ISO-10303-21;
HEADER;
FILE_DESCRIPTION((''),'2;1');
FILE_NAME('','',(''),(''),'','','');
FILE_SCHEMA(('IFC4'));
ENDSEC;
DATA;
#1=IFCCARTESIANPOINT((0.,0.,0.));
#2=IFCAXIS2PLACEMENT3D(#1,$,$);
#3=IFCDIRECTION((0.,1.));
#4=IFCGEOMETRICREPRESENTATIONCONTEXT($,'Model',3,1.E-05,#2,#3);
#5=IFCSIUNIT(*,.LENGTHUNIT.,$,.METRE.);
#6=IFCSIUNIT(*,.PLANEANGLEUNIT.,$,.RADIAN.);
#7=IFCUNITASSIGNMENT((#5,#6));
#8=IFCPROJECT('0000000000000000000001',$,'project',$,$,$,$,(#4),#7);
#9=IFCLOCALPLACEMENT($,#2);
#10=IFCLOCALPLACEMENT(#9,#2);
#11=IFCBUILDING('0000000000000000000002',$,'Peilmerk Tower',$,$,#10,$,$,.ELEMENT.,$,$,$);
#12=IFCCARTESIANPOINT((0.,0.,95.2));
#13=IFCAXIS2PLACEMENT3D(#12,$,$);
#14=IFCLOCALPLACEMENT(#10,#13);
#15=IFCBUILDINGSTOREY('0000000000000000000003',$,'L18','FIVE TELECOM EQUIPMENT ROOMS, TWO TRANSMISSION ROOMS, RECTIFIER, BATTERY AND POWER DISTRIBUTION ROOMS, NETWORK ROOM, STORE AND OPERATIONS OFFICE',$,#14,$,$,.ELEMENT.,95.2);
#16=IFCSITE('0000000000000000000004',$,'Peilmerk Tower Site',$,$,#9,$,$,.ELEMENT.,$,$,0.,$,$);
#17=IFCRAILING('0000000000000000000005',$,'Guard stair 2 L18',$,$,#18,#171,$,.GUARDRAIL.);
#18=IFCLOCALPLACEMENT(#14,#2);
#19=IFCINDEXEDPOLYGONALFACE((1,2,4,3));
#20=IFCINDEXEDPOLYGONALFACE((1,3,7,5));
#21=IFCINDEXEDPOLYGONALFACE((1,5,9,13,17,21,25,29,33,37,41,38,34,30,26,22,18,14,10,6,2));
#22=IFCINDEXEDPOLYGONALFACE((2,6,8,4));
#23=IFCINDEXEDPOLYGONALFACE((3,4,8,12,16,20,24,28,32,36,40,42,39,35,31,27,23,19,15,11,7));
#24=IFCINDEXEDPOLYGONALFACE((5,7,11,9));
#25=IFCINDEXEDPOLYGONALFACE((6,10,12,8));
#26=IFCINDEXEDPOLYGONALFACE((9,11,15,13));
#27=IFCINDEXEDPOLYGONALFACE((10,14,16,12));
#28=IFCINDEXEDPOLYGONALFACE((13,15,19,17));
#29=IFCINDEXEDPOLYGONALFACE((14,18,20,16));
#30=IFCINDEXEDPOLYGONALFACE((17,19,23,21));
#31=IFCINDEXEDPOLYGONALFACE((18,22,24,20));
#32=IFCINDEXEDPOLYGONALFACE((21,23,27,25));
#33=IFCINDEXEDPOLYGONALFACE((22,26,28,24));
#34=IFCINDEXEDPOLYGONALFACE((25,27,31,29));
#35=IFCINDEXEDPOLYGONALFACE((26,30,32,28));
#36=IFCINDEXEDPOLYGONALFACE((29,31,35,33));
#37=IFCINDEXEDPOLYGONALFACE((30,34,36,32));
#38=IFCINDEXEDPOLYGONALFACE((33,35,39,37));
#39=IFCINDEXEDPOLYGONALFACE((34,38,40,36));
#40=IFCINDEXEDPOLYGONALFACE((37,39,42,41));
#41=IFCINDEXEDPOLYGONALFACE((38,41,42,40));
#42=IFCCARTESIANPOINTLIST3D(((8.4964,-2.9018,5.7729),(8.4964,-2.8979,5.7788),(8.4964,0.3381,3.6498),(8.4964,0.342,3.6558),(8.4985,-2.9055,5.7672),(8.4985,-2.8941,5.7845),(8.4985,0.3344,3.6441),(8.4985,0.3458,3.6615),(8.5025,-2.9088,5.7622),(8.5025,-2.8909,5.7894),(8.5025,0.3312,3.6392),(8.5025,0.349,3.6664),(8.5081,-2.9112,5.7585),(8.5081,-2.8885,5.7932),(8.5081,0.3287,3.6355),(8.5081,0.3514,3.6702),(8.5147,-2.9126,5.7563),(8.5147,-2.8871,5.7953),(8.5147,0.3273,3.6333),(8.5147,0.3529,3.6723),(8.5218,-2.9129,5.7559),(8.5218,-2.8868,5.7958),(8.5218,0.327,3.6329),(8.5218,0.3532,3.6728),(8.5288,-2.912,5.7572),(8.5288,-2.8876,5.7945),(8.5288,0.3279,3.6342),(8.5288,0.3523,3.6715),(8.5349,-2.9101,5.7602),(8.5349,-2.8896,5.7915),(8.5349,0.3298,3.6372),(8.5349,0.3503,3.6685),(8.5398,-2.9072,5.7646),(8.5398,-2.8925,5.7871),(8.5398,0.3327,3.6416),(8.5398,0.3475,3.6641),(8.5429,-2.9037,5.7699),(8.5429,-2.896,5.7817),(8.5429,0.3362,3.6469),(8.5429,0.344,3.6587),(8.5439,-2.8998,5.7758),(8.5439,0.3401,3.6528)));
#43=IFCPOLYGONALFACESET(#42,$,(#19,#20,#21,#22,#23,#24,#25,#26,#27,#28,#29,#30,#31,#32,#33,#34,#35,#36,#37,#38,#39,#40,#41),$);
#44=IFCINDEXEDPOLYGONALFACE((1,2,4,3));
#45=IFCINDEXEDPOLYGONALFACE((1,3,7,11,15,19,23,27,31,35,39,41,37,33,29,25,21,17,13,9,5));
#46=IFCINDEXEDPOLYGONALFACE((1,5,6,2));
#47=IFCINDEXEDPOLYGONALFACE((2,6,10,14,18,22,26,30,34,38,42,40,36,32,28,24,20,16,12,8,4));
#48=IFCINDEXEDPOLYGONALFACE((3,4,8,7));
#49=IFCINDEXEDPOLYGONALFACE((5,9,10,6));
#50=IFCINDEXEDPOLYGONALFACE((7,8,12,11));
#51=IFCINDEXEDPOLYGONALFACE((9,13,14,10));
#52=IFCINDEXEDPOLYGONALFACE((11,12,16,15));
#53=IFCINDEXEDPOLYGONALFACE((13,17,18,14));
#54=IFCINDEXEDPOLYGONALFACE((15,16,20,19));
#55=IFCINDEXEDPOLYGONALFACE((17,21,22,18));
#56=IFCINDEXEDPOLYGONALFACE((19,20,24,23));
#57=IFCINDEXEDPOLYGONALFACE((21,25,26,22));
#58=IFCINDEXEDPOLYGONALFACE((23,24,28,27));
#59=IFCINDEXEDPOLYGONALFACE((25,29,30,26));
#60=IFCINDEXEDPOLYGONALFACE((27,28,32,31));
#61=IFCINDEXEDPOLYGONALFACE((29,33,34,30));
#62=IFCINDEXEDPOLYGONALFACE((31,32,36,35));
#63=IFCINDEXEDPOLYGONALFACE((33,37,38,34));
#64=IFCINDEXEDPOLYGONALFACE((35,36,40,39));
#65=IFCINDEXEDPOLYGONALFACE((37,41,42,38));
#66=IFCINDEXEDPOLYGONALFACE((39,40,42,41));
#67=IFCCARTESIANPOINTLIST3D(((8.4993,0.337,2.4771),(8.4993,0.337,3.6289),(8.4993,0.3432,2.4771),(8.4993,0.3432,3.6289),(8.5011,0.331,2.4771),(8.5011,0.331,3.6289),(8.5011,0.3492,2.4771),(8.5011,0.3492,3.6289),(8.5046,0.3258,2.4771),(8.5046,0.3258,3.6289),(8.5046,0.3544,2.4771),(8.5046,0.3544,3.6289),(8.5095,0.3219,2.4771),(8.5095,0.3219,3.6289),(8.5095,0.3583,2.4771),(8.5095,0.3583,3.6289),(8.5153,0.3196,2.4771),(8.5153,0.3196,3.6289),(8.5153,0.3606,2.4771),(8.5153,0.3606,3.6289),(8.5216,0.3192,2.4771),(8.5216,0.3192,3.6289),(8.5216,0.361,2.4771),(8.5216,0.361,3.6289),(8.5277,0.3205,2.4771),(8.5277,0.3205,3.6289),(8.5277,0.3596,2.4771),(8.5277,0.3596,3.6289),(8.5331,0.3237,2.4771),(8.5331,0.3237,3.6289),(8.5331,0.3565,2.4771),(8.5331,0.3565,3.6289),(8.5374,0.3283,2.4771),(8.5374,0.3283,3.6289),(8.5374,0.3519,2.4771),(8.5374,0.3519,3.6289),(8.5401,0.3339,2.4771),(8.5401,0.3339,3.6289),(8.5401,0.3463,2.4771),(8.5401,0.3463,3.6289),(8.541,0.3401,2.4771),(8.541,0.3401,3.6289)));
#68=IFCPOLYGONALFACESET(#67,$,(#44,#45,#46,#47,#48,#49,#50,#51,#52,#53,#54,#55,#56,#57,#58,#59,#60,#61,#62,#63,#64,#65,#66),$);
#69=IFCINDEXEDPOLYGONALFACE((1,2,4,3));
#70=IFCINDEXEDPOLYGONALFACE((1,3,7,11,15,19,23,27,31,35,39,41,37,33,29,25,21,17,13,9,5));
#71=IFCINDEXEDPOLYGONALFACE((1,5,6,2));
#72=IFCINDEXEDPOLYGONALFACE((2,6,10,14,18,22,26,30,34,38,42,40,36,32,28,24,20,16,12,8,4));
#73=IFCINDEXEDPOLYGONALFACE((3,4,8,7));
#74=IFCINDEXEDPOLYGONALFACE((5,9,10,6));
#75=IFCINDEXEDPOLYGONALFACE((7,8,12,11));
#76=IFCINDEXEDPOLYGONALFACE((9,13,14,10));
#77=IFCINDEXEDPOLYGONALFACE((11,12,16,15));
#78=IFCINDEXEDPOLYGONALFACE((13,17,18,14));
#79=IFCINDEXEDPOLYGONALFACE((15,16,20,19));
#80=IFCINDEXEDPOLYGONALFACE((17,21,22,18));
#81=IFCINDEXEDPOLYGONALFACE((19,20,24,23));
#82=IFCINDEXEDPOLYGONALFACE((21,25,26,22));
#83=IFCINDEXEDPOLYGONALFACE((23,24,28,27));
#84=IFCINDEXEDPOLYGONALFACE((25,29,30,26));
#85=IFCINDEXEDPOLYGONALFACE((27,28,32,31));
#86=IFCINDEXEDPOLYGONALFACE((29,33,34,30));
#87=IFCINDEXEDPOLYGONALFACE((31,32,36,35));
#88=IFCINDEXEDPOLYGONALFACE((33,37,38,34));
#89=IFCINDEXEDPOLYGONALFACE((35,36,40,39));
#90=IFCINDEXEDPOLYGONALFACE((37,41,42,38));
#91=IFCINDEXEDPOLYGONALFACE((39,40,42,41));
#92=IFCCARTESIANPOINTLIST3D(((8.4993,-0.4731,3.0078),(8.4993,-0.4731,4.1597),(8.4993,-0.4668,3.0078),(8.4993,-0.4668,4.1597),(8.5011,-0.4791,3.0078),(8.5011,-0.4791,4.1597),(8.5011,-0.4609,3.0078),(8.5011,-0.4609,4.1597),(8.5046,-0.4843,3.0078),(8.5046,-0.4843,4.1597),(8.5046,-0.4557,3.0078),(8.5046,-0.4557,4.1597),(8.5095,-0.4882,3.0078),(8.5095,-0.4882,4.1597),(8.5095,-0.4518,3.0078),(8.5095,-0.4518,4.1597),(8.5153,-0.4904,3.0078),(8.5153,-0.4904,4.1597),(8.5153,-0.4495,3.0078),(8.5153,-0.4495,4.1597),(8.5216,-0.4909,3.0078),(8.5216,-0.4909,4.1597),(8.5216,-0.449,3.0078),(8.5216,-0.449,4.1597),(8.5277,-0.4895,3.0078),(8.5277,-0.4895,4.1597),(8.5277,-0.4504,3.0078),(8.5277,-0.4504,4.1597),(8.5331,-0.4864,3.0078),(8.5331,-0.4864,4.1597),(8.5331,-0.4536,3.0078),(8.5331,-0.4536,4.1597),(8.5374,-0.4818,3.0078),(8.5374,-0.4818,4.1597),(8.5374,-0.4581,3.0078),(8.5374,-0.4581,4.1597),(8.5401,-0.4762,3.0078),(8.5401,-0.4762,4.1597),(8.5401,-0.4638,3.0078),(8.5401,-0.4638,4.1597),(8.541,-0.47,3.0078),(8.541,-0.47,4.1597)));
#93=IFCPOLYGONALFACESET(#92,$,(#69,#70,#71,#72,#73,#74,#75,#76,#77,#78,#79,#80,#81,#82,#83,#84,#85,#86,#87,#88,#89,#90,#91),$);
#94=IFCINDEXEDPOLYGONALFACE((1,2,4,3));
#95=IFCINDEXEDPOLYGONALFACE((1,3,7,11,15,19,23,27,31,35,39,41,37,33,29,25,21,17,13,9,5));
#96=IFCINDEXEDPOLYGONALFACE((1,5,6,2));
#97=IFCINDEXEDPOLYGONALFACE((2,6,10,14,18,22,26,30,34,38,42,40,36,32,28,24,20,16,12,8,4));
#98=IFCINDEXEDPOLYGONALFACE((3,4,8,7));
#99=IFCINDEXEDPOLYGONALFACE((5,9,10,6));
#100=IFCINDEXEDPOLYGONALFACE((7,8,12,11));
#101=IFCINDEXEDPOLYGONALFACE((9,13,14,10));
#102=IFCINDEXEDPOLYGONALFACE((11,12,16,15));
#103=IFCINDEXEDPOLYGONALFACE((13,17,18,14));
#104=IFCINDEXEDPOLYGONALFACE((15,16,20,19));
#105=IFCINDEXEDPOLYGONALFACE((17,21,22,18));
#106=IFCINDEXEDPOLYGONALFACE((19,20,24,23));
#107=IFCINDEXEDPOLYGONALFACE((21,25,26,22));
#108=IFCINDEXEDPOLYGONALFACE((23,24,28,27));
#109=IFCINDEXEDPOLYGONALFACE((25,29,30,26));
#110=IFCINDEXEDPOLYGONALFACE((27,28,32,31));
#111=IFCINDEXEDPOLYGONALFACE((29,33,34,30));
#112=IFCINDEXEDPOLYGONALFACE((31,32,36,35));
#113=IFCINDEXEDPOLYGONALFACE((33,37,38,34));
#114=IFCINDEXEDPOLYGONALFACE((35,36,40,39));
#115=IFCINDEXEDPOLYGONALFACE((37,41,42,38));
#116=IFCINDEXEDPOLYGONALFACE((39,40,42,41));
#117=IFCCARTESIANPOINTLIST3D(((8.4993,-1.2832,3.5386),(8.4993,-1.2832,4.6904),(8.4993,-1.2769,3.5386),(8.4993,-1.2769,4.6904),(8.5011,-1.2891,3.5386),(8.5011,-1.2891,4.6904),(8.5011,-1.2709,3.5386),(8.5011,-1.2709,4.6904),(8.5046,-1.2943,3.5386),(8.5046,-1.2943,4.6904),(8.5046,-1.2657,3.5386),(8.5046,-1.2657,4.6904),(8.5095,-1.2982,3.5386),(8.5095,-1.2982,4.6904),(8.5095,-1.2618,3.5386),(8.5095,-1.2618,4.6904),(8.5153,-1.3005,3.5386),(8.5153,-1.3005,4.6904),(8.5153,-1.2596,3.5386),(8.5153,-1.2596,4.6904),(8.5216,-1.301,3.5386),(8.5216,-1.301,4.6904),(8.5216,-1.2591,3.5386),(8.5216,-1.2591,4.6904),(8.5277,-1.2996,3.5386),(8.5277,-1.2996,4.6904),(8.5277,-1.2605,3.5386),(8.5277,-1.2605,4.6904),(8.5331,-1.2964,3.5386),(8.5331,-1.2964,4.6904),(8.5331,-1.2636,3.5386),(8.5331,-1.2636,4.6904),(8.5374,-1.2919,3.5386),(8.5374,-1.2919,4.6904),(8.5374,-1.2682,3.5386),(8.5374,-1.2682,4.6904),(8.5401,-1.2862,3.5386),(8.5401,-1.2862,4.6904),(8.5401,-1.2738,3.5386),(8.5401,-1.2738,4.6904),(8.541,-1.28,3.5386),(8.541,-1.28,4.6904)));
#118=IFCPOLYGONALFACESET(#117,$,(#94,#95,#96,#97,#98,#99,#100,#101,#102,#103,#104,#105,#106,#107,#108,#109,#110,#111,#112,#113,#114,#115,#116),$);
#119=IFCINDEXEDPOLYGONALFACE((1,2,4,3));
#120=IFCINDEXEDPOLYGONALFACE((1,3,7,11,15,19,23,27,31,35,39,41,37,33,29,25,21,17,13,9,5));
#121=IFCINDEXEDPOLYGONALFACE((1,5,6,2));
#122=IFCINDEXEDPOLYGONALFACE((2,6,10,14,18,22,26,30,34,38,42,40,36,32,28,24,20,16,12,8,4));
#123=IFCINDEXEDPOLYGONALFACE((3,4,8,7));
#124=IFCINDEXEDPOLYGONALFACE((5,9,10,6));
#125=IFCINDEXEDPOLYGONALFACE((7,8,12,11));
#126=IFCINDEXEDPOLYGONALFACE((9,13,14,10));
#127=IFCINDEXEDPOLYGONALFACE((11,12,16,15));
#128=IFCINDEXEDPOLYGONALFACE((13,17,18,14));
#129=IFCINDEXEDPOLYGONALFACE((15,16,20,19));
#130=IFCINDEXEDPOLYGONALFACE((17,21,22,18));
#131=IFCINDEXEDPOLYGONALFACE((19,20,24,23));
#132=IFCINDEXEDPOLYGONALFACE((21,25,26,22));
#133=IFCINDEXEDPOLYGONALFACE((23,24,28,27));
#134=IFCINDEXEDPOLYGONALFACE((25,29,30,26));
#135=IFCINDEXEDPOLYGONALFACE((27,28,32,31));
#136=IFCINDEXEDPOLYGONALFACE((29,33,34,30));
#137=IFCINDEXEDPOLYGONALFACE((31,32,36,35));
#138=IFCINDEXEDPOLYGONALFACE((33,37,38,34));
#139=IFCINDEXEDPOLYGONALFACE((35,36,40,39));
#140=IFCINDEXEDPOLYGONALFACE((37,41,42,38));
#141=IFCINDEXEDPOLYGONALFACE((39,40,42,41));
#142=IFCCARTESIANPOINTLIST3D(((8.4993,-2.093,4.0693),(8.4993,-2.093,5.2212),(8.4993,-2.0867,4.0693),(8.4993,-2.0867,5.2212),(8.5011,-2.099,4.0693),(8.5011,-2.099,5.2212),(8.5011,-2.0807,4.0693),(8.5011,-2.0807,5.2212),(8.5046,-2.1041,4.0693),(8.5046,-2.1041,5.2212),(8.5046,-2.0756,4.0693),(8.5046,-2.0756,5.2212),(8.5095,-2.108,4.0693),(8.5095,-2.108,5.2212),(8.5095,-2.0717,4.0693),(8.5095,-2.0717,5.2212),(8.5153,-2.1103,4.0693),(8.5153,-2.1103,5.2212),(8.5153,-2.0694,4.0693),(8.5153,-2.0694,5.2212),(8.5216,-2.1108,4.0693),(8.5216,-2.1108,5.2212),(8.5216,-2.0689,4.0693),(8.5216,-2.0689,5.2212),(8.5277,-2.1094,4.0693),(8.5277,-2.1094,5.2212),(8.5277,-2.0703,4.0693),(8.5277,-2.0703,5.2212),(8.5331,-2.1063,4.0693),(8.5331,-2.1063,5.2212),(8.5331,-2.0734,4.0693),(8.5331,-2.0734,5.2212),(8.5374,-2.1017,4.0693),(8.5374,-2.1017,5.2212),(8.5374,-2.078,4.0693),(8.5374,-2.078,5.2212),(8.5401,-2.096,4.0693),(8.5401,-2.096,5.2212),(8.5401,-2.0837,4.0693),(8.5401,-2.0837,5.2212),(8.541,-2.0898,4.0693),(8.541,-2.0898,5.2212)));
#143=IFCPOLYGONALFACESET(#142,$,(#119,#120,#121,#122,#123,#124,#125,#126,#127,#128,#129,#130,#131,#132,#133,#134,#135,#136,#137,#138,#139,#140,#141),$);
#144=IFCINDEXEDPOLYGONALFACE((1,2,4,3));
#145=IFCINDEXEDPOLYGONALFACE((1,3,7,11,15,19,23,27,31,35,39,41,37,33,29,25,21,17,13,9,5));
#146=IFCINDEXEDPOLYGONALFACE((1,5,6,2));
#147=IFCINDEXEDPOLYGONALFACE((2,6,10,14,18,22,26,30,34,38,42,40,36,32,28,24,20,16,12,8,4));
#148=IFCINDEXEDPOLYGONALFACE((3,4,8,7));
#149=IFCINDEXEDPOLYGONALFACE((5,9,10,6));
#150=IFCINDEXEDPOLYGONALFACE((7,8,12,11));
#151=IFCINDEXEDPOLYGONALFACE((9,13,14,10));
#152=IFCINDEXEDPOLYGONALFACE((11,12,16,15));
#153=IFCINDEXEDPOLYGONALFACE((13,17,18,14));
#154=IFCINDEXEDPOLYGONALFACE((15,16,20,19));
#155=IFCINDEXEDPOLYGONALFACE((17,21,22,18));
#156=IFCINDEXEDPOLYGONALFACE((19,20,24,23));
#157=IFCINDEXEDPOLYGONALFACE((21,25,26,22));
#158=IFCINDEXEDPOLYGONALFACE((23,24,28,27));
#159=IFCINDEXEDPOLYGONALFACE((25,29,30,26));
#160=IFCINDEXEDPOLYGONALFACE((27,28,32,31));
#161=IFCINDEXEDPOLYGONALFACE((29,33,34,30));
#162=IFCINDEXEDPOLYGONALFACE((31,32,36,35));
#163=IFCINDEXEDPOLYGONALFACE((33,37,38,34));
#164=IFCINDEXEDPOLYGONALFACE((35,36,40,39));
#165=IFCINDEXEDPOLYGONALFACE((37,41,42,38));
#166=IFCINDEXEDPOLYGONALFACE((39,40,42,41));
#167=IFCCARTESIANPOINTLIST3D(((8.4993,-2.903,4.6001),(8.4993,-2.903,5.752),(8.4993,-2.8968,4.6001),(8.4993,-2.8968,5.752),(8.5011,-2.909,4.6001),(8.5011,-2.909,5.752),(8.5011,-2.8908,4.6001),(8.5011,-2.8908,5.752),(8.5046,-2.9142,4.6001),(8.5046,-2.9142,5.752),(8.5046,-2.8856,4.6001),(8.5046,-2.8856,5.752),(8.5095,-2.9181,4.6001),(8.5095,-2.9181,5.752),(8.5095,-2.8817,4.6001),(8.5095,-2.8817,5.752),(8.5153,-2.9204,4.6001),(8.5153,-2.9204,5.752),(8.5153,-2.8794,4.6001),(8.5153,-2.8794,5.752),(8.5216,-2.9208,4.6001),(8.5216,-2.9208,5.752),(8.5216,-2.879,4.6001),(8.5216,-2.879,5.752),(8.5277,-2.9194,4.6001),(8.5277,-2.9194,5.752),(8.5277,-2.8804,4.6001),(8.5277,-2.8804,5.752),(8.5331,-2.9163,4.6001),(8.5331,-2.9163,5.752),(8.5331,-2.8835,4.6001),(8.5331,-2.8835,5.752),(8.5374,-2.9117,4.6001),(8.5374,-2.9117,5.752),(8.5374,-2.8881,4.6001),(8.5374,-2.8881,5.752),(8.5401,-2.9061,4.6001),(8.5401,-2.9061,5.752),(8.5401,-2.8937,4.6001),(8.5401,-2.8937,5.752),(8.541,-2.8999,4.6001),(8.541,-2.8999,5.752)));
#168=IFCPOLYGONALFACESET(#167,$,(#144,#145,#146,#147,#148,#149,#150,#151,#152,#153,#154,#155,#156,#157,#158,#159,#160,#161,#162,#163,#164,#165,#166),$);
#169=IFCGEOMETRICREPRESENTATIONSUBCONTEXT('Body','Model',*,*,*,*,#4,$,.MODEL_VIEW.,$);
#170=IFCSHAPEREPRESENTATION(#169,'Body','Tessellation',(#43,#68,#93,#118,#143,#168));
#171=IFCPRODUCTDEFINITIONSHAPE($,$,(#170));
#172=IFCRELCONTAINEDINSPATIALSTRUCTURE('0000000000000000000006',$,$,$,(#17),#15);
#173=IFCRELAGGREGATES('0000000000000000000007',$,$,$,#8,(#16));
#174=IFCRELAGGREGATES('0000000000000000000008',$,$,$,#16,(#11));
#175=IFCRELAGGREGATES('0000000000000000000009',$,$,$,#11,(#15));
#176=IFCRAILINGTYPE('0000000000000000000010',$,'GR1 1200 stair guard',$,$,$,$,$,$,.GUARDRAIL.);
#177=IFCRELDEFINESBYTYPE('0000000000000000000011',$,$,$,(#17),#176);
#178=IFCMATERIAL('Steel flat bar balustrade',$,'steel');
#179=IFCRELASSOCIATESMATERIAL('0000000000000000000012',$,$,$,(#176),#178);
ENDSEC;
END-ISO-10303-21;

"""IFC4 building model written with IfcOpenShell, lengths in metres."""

from ifc_helpers import new_model, si_unit, direction, frame, origin, origin_2d, place, context, subcontext, project, spatial, circle, extrude, material, type_object, element, save


model = new_model("IFC4")

# Units and contexts
model_context = context("Model", 3, precision=1e-05, world=origin(), true_north=direction((0.0, 1.0)))
body_context = subcontext(model_context, "Body", "Model", "MODEL_VIEW")
ifc_project = project(units=[si_unit("LENGTHUNIT", "METRE"), si_unit("PLANEANGLEUNIT", "RADIAN")], contexts=[model_context])

# Site, building, storey
site_placement = place(None, origin())
site = spatial("IfcSite", under=ifc_project, at=site_placement, Name="Peilmerk Tower Site", CompositionType="ELEMENT", RefElevation=0.0)
building_placement = place(site_placement, origin())
building = spatial("IfcBuilding", under=site, at=building_placement, Name="Peilmerk Tower", CompositionType="ELEMENT")
storey_placement = place(building_placement, frame((0.0, 0.0, 95.2)))
storey = spatial("IfcBuildingStorey", under=building, at=storey_placement, Name="L18", Description="FIVE TELECOM EQUIPMENT ROOMS, TWO TRANSMISSION ROOMS, RECTIFIER, BATTERY AND POWER DISTRIBUTION ROOMS, NETWORK ROOM, STORE AND OPERATIONS OFFICE", CompositionType="ELEMENT", Elevation=95.2)

# Railing
ifc_material_1 = material(Name="Steel flat bar balustrade", Category="steel")
railing_type_1 = type_object("IfcRailingType", Name="GR1 1200 stair guard", PredefinedType="GUARDRAIL", material=ifc_material_1)
railing_1_placement = place(storey_placement, frame((8.52, 0.3401, 2.4771)))
element("IfcRailing", 1, at=railing_1_placement, inside=storey, type_object=railing_type_1, Name="Guard stair 2 L18", PredefinedType="GUARDRAIL", context=body_context, shape_type="SweptSolid", body=[
    extrude(circle(Radius=0.0239, at=origin_2d()), frame((0.0, 0.0, 1.1758), z_axis=(0.0, -0.836426, 0.548079), x_axis=(1.0, 0.0, 0.0)), (0.0, 0.0, 1.0), 3.8735),
    extrude(circle(Radius=0.021, at=origin_2d()), origin(), (0.0, 0.0, 1.0), 1.1519),
    extrude(circle(Radius=0.021, at=origin_2d()), frame((0.0, -0.8101, 0.5308)), (0.0, 0.0, 1.0), 1.1519),
    extrude(circle(Radius=0.021, at=origin_2d()), frame((0.0, -1.6201, 1.0615)), (0.0, 0.0, 1.0), 1.1519),
    extrude(circle(Radius=0.021, at=origin_2d()), frame((0.0, -2.4299, 1.5923)), (0.0, 0.0, 1.0), 1.1519),
    extrude(circle(Radius=0.021, at=origin_2d()), frame((0.0, -3.24, 2.123)), (0.0, 0.0, 1.0), 1.1519),
])

save(model, "model.ifc")
